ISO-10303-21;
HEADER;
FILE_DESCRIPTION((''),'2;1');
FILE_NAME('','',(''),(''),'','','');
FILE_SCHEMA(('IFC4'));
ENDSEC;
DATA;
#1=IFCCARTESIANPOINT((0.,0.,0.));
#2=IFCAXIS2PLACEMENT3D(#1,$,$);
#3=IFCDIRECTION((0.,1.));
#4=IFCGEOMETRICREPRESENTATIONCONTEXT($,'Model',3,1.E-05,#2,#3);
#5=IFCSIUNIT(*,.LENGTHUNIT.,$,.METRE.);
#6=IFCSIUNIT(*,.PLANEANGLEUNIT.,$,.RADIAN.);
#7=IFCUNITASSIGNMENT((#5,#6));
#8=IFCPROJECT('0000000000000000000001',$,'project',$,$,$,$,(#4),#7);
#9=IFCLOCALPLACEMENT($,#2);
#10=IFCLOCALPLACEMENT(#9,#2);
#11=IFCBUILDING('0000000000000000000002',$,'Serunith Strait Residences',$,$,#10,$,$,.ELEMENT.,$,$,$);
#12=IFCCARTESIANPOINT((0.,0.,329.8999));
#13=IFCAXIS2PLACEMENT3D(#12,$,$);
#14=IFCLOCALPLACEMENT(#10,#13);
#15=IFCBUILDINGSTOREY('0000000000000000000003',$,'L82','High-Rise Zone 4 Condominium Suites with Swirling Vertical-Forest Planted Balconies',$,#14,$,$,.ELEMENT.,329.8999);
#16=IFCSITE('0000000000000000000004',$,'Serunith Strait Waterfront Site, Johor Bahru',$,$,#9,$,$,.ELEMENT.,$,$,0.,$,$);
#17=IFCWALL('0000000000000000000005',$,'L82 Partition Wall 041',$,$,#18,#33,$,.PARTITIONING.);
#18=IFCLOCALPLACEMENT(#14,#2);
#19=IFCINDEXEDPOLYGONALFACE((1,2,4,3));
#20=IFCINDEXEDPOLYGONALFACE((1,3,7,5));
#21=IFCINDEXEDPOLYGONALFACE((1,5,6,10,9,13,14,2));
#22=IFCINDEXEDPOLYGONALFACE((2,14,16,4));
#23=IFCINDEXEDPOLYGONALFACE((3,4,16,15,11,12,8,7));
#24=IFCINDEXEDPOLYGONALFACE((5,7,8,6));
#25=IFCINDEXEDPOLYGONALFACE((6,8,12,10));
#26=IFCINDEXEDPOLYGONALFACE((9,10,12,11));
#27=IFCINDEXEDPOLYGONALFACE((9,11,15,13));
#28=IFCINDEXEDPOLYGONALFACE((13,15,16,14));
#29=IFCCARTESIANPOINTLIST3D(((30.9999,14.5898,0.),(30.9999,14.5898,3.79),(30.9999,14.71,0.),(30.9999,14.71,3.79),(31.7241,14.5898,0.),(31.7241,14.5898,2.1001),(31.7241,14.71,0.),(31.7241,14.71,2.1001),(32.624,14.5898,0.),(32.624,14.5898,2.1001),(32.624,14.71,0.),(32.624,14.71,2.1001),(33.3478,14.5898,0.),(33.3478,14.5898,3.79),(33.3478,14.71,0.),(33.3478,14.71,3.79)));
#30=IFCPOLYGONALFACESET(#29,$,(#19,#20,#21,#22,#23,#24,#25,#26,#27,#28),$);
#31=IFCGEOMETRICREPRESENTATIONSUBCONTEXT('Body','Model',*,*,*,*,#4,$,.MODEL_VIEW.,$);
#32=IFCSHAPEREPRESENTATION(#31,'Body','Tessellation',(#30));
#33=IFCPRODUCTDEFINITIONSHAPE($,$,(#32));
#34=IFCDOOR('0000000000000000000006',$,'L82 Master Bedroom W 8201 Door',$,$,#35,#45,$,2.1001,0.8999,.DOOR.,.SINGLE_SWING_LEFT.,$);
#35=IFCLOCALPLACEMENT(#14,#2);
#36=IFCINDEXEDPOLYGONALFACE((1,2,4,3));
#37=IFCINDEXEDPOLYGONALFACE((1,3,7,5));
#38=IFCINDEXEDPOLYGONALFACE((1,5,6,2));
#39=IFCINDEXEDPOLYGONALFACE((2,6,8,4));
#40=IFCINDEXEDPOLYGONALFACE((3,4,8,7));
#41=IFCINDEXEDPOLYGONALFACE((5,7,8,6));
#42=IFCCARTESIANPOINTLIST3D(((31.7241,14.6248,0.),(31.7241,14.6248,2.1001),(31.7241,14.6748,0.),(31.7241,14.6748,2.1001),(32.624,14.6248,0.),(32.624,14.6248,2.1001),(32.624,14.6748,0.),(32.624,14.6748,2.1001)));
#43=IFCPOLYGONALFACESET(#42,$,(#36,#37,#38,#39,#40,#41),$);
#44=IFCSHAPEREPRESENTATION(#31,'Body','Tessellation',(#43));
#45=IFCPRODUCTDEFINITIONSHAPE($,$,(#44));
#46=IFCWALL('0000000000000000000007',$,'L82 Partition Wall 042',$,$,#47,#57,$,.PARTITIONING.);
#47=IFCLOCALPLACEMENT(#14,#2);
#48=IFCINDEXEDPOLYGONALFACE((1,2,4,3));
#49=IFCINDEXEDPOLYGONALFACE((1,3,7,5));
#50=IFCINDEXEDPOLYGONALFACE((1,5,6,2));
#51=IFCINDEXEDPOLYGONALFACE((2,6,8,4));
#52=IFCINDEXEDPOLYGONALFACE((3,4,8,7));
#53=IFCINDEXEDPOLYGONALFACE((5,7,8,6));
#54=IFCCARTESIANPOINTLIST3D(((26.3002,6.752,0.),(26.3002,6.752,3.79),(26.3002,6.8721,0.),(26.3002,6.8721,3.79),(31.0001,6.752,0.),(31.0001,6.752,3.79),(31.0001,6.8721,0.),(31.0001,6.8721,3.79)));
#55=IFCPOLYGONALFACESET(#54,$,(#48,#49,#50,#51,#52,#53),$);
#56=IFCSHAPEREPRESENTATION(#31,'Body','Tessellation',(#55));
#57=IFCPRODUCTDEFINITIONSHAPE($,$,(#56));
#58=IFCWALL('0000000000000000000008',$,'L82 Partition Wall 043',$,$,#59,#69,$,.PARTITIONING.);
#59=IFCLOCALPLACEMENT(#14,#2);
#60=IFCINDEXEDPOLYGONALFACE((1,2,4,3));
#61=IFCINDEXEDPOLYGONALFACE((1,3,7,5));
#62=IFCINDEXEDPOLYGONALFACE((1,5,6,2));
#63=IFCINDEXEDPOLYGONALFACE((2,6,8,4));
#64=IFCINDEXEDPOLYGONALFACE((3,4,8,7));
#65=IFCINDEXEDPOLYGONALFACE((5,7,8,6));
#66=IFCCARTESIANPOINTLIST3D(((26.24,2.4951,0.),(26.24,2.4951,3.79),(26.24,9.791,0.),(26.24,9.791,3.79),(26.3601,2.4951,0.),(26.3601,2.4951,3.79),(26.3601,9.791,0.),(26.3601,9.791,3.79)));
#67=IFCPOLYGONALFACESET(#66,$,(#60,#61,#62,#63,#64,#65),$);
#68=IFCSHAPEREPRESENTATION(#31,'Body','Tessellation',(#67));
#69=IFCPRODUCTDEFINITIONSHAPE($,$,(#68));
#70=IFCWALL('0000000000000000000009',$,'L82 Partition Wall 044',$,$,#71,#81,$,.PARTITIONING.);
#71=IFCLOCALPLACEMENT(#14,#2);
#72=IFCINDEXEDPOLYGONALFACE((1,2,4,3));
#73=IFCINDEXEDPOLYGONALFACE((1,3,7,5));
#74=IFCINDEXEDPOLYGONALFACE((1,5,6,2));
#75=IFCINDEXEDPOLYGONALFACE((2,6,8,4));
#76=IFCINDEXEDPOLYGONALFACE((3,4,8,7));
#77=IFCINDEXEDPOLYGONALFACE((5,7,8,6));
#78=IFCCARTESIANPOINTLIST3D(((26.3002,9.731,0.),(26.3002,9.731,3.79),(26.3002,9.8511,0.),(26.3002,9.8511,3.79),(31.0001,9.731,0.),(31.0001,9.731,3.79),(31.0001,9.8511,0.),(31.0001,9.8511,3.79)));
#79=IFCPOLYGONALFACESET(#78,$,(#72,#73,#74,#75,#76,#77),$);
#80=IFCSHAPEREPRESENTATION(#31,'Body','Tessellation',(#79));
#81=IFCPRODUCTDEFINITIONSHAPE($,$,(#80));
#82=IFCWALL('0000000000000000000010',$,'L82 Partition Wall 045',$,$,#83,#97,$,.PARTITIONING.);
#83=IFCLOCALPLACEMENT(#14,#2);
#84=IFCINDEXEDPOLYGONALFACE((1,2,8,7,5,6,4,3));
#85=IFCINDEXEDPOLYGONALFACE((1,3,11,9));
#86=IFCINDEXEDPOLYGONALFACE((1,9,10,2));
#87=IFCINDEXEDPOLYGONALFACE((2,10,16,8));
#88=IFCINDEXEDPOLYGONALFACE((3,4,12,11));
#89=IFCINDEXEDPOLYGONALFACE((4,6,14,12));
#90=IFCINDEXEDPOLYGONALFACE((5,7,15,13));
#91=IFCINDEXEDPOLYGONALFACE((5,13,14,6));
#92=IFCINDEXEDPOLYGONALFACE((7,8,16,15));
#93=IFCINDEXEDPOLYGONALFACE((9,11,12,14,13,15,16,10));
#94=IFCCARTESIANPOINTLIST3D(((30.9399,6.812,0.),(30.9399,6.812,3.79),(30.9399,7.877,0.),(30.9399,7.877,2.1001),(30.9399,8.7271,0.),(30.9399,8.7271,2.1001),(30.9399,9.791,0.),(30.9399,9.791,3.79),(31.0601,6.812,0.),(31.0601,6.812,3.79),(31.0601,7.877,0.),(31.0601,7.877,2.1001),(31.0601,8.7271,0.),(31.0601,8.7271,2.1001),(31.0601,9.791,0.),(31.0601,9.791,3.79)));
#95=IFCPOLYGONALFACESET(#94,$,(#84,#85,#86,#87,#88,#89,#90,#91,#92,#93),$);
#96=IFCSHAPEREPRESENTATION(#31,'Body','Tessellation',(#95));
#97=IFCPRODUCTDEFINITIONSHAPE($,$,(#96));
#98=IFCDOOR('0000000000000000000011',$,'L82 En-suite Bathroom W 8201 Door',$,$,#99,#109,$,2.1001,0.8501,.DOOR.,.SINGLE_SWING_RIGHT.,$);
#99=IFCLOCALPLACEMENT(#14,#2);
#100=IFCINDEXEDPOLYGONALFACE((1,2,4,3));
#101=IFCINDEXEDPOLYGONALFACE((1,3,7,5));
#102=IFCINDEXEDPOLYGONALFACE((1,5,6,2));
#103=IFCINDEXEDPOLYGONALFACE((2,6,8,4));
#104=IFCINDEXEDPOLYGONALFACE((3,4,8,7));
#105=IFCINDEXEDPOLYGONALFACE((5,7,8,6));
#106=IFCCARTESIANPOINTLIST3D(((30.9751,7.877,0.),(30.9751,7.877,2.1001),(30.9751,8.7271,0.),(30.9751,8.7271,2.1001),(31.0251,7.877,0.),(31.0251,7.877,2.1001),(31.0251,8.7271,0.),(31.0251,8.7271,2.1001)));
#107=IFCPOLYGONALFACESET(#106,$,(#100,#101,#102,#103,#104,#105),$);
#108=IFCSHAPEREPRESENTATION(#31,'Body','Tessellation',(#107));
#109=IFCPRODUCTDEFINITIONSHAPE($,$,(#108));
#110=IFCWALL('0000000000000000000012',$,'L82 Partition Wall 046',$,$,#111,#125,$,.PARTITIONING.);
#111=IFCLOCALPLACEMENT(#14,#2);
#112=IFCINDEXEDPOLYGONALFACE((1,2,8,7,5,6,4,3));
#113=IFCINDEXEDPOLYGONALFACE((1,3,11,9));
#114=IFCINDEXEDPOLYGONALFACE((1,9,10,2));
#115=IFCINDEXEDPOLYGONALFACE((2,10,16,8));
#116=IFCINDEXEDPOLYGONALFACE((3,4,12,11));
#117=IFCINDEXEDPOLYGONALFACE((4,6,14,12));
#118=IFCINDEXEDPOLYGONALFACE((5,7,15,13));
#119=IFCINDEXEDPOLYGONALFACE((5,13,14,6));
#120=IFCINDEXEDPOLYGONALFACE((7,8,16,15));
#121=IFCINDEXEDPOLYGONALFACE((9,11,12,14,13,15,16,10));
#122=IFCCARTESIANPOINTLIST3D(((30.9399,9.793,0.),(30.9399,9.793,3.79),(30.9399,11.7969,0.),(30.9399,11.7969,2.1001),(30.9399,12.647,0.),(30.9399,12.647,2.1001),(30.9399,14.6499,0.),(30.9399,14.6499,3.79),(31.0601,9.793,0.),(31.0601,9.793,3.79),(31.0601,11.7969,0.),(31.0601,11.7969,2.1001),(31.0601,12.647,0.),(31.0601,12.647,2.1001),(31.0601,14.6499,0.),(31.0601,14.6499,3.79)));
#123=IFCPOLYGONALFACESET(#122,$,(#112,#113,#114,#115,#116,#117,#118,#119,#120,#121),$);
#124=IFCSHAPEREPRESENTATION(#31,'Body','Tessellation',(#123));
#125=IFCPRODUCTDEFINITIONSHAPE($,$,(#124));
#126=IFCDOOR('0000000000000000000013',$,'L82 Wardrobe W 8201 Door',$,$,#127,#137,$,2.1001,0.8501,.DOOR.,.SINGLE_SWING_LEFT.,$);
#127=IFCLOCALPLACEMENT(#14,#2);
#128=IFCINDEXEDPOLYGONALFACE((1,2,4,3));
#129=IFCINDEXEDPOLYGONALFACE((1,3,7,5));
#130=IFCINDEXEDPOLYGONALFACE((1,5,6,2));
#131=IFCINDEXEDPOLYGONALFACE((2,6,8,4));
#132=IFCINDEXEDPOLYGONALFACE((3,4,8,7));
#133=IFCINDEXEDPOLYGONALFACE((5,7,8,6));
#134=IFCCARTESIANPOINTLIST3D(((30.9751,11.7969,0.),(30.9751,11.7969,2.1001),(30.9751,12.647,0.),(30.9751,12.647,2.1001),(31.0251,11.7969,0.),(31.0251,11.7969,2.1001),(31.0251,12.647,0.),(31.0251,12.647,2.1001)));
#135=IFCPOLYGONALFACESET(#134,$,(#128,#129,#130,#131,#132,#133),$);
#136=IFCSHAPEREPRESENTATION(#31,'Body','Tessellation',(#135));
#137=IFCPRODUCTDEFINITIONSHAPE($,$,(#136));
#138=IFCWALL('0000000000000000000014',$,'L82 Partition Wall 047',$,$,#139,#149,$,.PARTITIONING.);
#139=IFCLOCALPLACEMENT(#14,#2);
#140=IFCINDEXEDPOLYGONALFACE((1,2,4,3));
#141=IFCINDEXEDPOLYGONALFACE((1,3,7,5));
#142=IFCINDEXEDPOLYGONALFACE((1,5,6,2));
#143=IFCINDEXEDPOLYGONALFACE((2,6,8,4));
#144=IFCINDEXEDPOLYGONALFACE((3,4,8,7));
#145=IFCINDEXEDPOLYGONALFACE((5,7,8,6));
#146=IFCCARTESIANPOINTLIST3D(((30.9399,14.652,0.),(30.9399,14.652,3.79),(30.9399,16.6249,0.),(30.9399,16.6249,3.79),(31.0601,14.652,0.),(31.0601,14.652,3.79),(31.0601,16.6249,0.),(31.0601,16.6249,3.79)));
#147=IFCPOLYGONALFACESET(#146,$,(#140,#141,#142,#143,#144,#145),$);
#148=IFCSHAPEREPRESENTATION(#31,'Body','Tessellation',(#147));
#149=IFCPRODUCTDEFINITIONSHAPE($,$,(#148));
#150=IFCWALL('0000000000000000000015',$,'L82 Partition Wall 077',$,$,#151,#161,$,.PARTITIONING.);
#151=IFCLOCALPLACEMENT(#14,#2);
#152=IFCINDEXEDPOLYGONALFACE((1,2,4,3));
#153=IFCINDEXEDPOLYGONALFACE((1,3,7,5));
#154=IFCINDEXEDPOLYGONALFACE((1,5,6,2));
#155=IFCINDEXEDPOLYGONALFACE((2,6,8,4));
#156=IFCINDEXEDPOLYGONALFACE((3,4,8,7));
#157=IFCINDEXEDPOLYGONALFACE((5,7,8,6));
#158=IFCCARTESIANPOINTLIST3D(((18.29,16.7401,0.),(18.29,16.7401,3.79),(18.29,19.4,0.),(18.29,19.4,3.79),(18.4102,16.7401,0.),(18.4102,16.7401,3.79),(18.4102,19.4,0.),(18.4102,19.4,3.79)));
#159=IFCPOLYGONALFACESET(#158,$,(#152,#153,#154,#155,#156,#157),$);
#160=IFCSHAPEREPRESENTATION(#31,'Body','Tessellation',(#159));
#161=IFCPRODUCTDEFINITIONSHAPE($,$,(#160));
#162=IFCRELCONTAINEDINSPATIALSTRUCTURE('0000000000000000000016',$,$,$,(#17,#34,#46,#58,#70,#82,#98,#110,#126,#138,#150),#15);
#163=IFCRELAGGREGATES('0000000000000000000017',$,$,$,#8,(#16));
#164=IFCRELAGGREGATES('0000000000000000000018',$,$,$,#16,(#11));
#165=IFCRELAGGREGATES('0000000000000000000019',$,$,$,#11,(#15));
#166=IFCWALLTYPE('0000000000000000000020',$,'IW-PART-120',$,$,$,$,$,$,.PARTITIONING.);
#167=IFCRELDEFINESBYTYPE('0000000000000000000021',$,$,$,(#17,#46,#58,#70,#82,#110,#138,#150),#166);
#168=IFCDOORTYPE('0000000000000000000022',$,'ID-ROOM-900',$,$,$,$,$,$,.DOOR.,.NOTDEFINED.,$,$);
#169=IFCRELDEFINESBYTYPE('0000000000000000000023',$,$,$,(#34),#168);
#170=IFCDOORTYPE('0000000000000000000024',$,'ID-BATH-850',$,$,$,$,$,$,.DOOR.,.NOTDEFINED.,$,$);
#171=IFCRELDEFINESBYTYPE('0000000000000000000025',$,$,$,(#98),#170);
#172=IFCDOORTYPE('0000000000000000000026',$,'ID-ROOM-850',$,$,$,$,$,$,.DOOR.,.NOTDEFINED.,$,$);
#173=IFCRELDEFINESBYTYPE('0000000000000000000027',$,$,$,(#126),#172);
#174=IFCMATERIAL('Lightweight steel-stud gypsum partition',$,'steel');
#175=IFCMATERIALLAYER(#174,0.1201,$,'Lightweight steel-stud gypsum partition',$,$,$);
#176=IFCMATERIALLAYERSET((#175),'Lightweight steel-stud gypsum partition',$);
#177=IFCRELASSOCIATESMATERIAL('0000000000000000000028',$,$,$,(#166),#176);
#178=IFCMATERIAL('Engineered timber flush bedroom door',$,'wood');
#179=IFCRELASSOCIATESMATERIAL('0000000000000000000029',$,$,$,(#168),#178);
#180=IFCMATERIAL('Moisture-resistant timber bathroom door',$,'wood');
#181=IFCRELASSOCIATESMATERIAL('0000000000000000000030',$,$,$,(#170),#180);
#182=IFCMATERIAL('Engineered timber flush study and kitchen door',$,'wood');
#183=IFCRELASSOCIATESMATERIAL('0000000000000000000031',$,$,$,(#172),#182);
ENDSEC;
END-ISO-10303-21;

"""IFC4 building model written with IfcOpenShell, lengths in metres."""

from ifc_helpers import new_model, si_unit, direction, frame, frame_2d, origin, place, context, subcontext, project, spatial, rectangle, extrude, source, transform, mapped, material, layer, layer_set, type_object, element, fill, save


model = new_model("IFC4")

# Units and contexts
model_context = context("Model", 3, precision=1e-05, world=origin(), true_north=direction((0.0, 1.0)))
body_context = subcontext(model_context, "Body", "Model", "MODEL_VIEW")
ifc_project = project(units=[si_unit("LENGTHUNIT", "METRE"), si_unit("PLANEANGLEUNIT", "RADIAN")], contexts=[model_context])

# Site, building, storey
site_placement = place(None, origin())
site = spatial("IfcSite", under=ifc_project, at=site_placement, Name="Serunith Strait Waterfront Site, Johor Bahru", CompositionType="ELEMENT", RefElevation=0.0)
building_placement = place(site_placement, origin())
building = spatial("IfcBuilding", under=site, at=building_placement, Name="Serunith Strait Residences", CompositionType="ELEMENT")
storey_placement = place(building_placement, frame((0.0, 0.0, 329.8999)))
storey = spatial("IfcBuildingStorey", under=building, at=storey_placement, Name="L82", Description="High-Rise Zone 4 Condominium Suites with Swirling Vertical-Forest Planted Balconies", CompositionType="ELEMENT", Elevation=329.8999)

# Wall, opening, door
ifc_material_1 = material(Name="Lightweight steel-stud gypsum partition", Category="steel")
ifc_layer_1 = layer(ifc_material_1, 0.1201, Name="Lightweight steel-stud gypsum partition")
ifc_layer_set_1 = layer_set([ifc_layer_1], Name="Lightweight steel-stud gypsum partition")
wall_type = type_object("IfcWallType", Name="IW-PART-120", PredefinedType="PARTITIONING", material=ifc_layer_set_1)
wall_1_placement = place(storey_placement, frame((31.0, 14.6499, 0.0), z_axis=(0.0, 0.0, 1.0), x_axis=(1.0, 0.0, 0.0)))
wall_1 = element("IfcWall", 1, at=wall_1_placement, inside=storey, type_object=wall_type, Name="L82 Partition Wall 041", PredefinedType="PARTITIONING", context=body_context, shape_type="SweptSolid", body=[
    extrude(rectangle(XDim=2.3479, YDim=0.1201, at=frame_2d((1.1738, 0.0))), origin(), (0.0, 0.0, 1.0), 3.79),
])
opening_1_placement = place(wall_1_placement, frame((0.7241, 0.0, 0.0)))
opening_1 = element("IfcOpeningElement", 2, at=opening_1_placement, cuts=wall_1, PredefinedType="OPENING", context=body_context, shape_type="SweptSolid", body=[
    extrude(rectangle(XDim=0.8999, YDim=2.1001, at=frame_2d((0.45, 1.05))), frame((0.0, 0.0701, 0.0), z_axis=(0.0, -1.0, 0.0), x_axis=(1.0, 0.0, 0.0)), (0.0, 0.0, 1.0), 0.1401),
])
ifc_material_2 = material(Name="Engineered timber flush bedroom door", Category="wood")
door_type_1 = type_object("IfcDoorType", Name="ID-ROOM-900", OperationType="NOTDEFINED", PredefinedType="DOOR", material=ifc_material_2)
shared_shape_1 = source(origin(), body_context, "Body", "SweptSolid", [
    extrude(rectangle(XDim=0.8999, YDim=2.1001, at=frame_2d((0.45, 1.05))), frame((0.0, 0.0249, 0.0), z_axis=(0.0, -1.0, 0.0), x_axis=(1.0, 0.0, 0.0)), (0.0, 0.0, 1.0), 0.05),
])
door_1_placement = place(opening_1_placement, origin())
door_1 = element("IfcDoor", 3, at=door_1_placement, inside=storey, type_object=door_type_1, Name="L82 Master Bedroom W 8201 Door", OperationType="SINGLE_SWING_LEFT", OverallHeight=2.1001, OverallWidth=0.8999, PredefinedType="DOOR", context=body_context, shape_type="MappedRepresentation", body=[
    mapped(shared_shape_1, transform((0.0, 0.0, 0.0), scale=1.0)),
])
fill(opening_1, door_1)

# Walls
wall_2_placement = place(storey_placement, frame((26.3, 6.812, 0.0), z_axis=(0.0, 0.0, 1.0), x_axis=(1.0, 0.0, 0.0)))
element("IfcWall", 4, at=wall_2_placement, inside=storey, type_object=wall_type, Name="L82 Partition Wall 042", PredefinedType="PARTITIONING", context=body_context, shape_type="SweptSolid", body=[
    extrude(rectangle(XDim=4.7, YDim=0.1201, at=frame_2d((2.3501, 0.0))), origin(), (0.0, 0.0, 1.0), 3.79),
])
wall_3_placement = place(storey_placement, frame((26.3, 2.4951, 0.0), z_axis=(0.0, 0.0, 1.0), x_axis=(0.0, 1.0, 0.0)))
element("IfcWall", 5, at=wall_3_placement, inside=storey, type_object=wall_type, Name="L82 Partition Wall 043", PredefinedType="PARTITIONING", context=body_context, shape_type="SweptSolid", body=[
    extrude(rectangle(XDim=7.2959, YDim=0.1201, at=frame_2d((3.6479, 0.0))), origin(), (0.0, 0.0, 1.0), 3.79),
])
wall_4_placement = place(storey_placement, frame((26.3, 9.791, 0.0), z_axis=(0.0, 0.0, 1.0), x_axis=(1.0, 0.0, 0.0)))
element("IfcWall", 6, at=wall_4_placement, inside=storey, type_object=wall_type, Name="L82 Partition Wall 044", PredefinedType="PARTITIONING", context=body_context, shape_type="SweptSolid", body=[
    extrude(rectangle(XDim=4.7, YDim=0.1201, at=frame_2d((2.3501, 0.0))), origin(), (0.0, 0.0, 1.0), 3.79),
])

# Walls, openings, doors
wall_5_placement = place(storey_placement, frame((31.0, 6.812, 0.0), z_axis=(0.0, 0.0, 1.0), x_axis=(0.0, 1.0, 0.0)))
wall_5 = element("IfcWall", 7, at=wall_5_placement, inside=storey, type_object=wall_type, Name="L82 Partition Wall 045", PredefinedType="PARTITIONING", context=body_context, shape_type="SweptSolid", body=[
    extrude(rectangle(XDim=2.979, YDim=0.1201, at=frame_2d((1.4895, 0.0))), origin(), (0.0, 0.0, 1.0), 3.79),
])
opening_2_placement = place(wall_5_placement, frame((1.0649, 0.0, 0.0)))
opening_2 = element("IfcOpeningElement", 8, at=opening_2_placement, cuts=wall_5, PredefinedType="OPENING", context=body_context, shape_type="SweptSolid", body=[
    extrude(rectangle(XDim=0.8501, YDim=2.1001, at=frame_2d((0.425, 1.05))), frame((0.0, 0.0701, 0.0), z_axis=(0.0, -1.0, 0.0), x_axis=(1.0, 0.0, 0.0)), (0.0, 0.0, 1.0), 0.1401),
])
ifc_material_3 = material(Name="Moisture-resistant timber bathroom door", Category="wood")
door_type_2 = type_object("IfcDoorType", Name="ID-BATH-850", OperationType="NOTDEFINED", PredefinedType="DOOR", material=ifc_material_3)
shared_shape_2 = source(origin(), body_context, "Body", "SweptSolid", [
    extrude(rectangle(XDim=0.8501, YDim=2.1001, at=frame_2d((0.425, 1.05))), frame((0.0, 0.0249, 0.0), z_axis=(0.0, -1.0, 0.0), x_axis=(1.0, 0.0, 0.0)), (0.0, 0.0, 1.0), 0.05),
])
door_2_placement = place(opening_2_placement, origin())
door_2 = element("IfcDoor", 9, at=door_2_placement, inside=storey, type_object=door_type_2, Name="L82 En-suite Bathroom W 8201 Door", OperationType="SINGLE_SWING_RIGHT", OverallHeight=2.1001, OverallWidth=0.8501, PredefinedType="DOOR", context=body_context, shape_type="MappedRepresentation", body=[
    mapped(shared_shape_2, transform((0.0, 0.0, 0.0), scale=1.0)),
])
fill(opening_2, door_2)
wall_6_placement = place(storey_placement, frame((31.0, 9.793, 0.0), z_axis=(0.0, 0.0, 1.0), x_axis=(0.0, 1.0, 0.0)))
wall_6 = element("IfcWall", 10, at=wall_6_placement, inside=storey, type_object=wall_type, Name="L82 Partition Wall 046", PredefinedType="PARTITIONING", context=body_context, shape_type="SweptSolid", body=[
    extrude(rectangle(XDim=4.8569, YDim=0.1201, at=frame_2d((2.4285, 0.0))), origin(), (0.0, 0.0, 1.0), 3.79),
])
opening_3_placement = place(wall_6_placement, frame((2.0039, 0.0, 0.0)))
opening_3 = element("IfcOpeningElement", 11, at=opening_3_placement, cuts=wall_6, PredefinedType="OPENING", context=body_context, shape_type="SweptSolid", body=[
    extrude(rectangle(XDim=0.8501, YDim=2.1001, at=frame_2d((0.425, 1.05))), frame((0.0, 0.0701, 0.0), z_axis=(0.0, -1.0, 0.0), x_axis=(1.0, 0.0, 0.0)), (0.0, 0.0, 1.0), 0.1401),
])
ifc_material_4 = material(Name="Engineered timber flush study and kitchen door", Category="wood")
door_type_3 = type_object("IfcDoorType", Name="ID-ROOM-850", OperationType="NOTDEFINED", PredefinedType="DOOR", material=ifc_material_4)
door_3_placement = place(opening_3_placement, origin())
door_3 = element("IfcDoor", 12, at=door_3_placement, inside=storey, type_object=door_type_3, Name="L82 Wardrobe W 8201 Door", OperationType="SINGLE_SWING_LEFT", OverallHeight=2.1001, OverallWidth=0.8501, PredefinedType="DOOR", context=body_context, shape_type="MappedRepresentation", body=[
    mapped(shared_shape_2, transform((0.0, 0.0, 0.0), scale=1.0)),
])
fill(opening_3, door_3)

# Walls
wall_7_placement = place(storey_placement, frame((31.0, 14.6521, 0.0), z_axis=(0.0, 0.0, 1.0), x_axis=(0.0, 1.0, 0.0)))
element("IfcWall", 13, at=wall_7_placement, inside=storey, type_object=wall_type, Name="L82 Partition Wall 047", PredefinedType="PARTITIONING", context=body_context, shape_type="SweptSolid", body=[
    extrude(rectangle(XDim=1.9729, YDim=0.1201, at=frame_2d((0.9863, 0.0))), origin(), (0.0, 0.0, 1.0), 3.79),
])
wall_8_placement = place(storey_placement, frame((18.3501, 16.74, 0.0), z_axis=(0.0, 0.0, 1.0), x_axis=(0.0, 1.0, 0.0)))
element("IfcWall", 14, at=wall_8_placement, inside=storey, type_object=wall_type, Name="L82 Partition Wall 077", PredefinedType="PARTITIONING", context=body_context, shape_type="SweptSolid", body=[
    extrude(rectangle(XDim=2.6599, YDim=0.1201, at=frame_2d((1.3301, 0.0))), origin(), (0.0, 0.0, 1.0), 3.79),
])

save(model, "model.ifc")
